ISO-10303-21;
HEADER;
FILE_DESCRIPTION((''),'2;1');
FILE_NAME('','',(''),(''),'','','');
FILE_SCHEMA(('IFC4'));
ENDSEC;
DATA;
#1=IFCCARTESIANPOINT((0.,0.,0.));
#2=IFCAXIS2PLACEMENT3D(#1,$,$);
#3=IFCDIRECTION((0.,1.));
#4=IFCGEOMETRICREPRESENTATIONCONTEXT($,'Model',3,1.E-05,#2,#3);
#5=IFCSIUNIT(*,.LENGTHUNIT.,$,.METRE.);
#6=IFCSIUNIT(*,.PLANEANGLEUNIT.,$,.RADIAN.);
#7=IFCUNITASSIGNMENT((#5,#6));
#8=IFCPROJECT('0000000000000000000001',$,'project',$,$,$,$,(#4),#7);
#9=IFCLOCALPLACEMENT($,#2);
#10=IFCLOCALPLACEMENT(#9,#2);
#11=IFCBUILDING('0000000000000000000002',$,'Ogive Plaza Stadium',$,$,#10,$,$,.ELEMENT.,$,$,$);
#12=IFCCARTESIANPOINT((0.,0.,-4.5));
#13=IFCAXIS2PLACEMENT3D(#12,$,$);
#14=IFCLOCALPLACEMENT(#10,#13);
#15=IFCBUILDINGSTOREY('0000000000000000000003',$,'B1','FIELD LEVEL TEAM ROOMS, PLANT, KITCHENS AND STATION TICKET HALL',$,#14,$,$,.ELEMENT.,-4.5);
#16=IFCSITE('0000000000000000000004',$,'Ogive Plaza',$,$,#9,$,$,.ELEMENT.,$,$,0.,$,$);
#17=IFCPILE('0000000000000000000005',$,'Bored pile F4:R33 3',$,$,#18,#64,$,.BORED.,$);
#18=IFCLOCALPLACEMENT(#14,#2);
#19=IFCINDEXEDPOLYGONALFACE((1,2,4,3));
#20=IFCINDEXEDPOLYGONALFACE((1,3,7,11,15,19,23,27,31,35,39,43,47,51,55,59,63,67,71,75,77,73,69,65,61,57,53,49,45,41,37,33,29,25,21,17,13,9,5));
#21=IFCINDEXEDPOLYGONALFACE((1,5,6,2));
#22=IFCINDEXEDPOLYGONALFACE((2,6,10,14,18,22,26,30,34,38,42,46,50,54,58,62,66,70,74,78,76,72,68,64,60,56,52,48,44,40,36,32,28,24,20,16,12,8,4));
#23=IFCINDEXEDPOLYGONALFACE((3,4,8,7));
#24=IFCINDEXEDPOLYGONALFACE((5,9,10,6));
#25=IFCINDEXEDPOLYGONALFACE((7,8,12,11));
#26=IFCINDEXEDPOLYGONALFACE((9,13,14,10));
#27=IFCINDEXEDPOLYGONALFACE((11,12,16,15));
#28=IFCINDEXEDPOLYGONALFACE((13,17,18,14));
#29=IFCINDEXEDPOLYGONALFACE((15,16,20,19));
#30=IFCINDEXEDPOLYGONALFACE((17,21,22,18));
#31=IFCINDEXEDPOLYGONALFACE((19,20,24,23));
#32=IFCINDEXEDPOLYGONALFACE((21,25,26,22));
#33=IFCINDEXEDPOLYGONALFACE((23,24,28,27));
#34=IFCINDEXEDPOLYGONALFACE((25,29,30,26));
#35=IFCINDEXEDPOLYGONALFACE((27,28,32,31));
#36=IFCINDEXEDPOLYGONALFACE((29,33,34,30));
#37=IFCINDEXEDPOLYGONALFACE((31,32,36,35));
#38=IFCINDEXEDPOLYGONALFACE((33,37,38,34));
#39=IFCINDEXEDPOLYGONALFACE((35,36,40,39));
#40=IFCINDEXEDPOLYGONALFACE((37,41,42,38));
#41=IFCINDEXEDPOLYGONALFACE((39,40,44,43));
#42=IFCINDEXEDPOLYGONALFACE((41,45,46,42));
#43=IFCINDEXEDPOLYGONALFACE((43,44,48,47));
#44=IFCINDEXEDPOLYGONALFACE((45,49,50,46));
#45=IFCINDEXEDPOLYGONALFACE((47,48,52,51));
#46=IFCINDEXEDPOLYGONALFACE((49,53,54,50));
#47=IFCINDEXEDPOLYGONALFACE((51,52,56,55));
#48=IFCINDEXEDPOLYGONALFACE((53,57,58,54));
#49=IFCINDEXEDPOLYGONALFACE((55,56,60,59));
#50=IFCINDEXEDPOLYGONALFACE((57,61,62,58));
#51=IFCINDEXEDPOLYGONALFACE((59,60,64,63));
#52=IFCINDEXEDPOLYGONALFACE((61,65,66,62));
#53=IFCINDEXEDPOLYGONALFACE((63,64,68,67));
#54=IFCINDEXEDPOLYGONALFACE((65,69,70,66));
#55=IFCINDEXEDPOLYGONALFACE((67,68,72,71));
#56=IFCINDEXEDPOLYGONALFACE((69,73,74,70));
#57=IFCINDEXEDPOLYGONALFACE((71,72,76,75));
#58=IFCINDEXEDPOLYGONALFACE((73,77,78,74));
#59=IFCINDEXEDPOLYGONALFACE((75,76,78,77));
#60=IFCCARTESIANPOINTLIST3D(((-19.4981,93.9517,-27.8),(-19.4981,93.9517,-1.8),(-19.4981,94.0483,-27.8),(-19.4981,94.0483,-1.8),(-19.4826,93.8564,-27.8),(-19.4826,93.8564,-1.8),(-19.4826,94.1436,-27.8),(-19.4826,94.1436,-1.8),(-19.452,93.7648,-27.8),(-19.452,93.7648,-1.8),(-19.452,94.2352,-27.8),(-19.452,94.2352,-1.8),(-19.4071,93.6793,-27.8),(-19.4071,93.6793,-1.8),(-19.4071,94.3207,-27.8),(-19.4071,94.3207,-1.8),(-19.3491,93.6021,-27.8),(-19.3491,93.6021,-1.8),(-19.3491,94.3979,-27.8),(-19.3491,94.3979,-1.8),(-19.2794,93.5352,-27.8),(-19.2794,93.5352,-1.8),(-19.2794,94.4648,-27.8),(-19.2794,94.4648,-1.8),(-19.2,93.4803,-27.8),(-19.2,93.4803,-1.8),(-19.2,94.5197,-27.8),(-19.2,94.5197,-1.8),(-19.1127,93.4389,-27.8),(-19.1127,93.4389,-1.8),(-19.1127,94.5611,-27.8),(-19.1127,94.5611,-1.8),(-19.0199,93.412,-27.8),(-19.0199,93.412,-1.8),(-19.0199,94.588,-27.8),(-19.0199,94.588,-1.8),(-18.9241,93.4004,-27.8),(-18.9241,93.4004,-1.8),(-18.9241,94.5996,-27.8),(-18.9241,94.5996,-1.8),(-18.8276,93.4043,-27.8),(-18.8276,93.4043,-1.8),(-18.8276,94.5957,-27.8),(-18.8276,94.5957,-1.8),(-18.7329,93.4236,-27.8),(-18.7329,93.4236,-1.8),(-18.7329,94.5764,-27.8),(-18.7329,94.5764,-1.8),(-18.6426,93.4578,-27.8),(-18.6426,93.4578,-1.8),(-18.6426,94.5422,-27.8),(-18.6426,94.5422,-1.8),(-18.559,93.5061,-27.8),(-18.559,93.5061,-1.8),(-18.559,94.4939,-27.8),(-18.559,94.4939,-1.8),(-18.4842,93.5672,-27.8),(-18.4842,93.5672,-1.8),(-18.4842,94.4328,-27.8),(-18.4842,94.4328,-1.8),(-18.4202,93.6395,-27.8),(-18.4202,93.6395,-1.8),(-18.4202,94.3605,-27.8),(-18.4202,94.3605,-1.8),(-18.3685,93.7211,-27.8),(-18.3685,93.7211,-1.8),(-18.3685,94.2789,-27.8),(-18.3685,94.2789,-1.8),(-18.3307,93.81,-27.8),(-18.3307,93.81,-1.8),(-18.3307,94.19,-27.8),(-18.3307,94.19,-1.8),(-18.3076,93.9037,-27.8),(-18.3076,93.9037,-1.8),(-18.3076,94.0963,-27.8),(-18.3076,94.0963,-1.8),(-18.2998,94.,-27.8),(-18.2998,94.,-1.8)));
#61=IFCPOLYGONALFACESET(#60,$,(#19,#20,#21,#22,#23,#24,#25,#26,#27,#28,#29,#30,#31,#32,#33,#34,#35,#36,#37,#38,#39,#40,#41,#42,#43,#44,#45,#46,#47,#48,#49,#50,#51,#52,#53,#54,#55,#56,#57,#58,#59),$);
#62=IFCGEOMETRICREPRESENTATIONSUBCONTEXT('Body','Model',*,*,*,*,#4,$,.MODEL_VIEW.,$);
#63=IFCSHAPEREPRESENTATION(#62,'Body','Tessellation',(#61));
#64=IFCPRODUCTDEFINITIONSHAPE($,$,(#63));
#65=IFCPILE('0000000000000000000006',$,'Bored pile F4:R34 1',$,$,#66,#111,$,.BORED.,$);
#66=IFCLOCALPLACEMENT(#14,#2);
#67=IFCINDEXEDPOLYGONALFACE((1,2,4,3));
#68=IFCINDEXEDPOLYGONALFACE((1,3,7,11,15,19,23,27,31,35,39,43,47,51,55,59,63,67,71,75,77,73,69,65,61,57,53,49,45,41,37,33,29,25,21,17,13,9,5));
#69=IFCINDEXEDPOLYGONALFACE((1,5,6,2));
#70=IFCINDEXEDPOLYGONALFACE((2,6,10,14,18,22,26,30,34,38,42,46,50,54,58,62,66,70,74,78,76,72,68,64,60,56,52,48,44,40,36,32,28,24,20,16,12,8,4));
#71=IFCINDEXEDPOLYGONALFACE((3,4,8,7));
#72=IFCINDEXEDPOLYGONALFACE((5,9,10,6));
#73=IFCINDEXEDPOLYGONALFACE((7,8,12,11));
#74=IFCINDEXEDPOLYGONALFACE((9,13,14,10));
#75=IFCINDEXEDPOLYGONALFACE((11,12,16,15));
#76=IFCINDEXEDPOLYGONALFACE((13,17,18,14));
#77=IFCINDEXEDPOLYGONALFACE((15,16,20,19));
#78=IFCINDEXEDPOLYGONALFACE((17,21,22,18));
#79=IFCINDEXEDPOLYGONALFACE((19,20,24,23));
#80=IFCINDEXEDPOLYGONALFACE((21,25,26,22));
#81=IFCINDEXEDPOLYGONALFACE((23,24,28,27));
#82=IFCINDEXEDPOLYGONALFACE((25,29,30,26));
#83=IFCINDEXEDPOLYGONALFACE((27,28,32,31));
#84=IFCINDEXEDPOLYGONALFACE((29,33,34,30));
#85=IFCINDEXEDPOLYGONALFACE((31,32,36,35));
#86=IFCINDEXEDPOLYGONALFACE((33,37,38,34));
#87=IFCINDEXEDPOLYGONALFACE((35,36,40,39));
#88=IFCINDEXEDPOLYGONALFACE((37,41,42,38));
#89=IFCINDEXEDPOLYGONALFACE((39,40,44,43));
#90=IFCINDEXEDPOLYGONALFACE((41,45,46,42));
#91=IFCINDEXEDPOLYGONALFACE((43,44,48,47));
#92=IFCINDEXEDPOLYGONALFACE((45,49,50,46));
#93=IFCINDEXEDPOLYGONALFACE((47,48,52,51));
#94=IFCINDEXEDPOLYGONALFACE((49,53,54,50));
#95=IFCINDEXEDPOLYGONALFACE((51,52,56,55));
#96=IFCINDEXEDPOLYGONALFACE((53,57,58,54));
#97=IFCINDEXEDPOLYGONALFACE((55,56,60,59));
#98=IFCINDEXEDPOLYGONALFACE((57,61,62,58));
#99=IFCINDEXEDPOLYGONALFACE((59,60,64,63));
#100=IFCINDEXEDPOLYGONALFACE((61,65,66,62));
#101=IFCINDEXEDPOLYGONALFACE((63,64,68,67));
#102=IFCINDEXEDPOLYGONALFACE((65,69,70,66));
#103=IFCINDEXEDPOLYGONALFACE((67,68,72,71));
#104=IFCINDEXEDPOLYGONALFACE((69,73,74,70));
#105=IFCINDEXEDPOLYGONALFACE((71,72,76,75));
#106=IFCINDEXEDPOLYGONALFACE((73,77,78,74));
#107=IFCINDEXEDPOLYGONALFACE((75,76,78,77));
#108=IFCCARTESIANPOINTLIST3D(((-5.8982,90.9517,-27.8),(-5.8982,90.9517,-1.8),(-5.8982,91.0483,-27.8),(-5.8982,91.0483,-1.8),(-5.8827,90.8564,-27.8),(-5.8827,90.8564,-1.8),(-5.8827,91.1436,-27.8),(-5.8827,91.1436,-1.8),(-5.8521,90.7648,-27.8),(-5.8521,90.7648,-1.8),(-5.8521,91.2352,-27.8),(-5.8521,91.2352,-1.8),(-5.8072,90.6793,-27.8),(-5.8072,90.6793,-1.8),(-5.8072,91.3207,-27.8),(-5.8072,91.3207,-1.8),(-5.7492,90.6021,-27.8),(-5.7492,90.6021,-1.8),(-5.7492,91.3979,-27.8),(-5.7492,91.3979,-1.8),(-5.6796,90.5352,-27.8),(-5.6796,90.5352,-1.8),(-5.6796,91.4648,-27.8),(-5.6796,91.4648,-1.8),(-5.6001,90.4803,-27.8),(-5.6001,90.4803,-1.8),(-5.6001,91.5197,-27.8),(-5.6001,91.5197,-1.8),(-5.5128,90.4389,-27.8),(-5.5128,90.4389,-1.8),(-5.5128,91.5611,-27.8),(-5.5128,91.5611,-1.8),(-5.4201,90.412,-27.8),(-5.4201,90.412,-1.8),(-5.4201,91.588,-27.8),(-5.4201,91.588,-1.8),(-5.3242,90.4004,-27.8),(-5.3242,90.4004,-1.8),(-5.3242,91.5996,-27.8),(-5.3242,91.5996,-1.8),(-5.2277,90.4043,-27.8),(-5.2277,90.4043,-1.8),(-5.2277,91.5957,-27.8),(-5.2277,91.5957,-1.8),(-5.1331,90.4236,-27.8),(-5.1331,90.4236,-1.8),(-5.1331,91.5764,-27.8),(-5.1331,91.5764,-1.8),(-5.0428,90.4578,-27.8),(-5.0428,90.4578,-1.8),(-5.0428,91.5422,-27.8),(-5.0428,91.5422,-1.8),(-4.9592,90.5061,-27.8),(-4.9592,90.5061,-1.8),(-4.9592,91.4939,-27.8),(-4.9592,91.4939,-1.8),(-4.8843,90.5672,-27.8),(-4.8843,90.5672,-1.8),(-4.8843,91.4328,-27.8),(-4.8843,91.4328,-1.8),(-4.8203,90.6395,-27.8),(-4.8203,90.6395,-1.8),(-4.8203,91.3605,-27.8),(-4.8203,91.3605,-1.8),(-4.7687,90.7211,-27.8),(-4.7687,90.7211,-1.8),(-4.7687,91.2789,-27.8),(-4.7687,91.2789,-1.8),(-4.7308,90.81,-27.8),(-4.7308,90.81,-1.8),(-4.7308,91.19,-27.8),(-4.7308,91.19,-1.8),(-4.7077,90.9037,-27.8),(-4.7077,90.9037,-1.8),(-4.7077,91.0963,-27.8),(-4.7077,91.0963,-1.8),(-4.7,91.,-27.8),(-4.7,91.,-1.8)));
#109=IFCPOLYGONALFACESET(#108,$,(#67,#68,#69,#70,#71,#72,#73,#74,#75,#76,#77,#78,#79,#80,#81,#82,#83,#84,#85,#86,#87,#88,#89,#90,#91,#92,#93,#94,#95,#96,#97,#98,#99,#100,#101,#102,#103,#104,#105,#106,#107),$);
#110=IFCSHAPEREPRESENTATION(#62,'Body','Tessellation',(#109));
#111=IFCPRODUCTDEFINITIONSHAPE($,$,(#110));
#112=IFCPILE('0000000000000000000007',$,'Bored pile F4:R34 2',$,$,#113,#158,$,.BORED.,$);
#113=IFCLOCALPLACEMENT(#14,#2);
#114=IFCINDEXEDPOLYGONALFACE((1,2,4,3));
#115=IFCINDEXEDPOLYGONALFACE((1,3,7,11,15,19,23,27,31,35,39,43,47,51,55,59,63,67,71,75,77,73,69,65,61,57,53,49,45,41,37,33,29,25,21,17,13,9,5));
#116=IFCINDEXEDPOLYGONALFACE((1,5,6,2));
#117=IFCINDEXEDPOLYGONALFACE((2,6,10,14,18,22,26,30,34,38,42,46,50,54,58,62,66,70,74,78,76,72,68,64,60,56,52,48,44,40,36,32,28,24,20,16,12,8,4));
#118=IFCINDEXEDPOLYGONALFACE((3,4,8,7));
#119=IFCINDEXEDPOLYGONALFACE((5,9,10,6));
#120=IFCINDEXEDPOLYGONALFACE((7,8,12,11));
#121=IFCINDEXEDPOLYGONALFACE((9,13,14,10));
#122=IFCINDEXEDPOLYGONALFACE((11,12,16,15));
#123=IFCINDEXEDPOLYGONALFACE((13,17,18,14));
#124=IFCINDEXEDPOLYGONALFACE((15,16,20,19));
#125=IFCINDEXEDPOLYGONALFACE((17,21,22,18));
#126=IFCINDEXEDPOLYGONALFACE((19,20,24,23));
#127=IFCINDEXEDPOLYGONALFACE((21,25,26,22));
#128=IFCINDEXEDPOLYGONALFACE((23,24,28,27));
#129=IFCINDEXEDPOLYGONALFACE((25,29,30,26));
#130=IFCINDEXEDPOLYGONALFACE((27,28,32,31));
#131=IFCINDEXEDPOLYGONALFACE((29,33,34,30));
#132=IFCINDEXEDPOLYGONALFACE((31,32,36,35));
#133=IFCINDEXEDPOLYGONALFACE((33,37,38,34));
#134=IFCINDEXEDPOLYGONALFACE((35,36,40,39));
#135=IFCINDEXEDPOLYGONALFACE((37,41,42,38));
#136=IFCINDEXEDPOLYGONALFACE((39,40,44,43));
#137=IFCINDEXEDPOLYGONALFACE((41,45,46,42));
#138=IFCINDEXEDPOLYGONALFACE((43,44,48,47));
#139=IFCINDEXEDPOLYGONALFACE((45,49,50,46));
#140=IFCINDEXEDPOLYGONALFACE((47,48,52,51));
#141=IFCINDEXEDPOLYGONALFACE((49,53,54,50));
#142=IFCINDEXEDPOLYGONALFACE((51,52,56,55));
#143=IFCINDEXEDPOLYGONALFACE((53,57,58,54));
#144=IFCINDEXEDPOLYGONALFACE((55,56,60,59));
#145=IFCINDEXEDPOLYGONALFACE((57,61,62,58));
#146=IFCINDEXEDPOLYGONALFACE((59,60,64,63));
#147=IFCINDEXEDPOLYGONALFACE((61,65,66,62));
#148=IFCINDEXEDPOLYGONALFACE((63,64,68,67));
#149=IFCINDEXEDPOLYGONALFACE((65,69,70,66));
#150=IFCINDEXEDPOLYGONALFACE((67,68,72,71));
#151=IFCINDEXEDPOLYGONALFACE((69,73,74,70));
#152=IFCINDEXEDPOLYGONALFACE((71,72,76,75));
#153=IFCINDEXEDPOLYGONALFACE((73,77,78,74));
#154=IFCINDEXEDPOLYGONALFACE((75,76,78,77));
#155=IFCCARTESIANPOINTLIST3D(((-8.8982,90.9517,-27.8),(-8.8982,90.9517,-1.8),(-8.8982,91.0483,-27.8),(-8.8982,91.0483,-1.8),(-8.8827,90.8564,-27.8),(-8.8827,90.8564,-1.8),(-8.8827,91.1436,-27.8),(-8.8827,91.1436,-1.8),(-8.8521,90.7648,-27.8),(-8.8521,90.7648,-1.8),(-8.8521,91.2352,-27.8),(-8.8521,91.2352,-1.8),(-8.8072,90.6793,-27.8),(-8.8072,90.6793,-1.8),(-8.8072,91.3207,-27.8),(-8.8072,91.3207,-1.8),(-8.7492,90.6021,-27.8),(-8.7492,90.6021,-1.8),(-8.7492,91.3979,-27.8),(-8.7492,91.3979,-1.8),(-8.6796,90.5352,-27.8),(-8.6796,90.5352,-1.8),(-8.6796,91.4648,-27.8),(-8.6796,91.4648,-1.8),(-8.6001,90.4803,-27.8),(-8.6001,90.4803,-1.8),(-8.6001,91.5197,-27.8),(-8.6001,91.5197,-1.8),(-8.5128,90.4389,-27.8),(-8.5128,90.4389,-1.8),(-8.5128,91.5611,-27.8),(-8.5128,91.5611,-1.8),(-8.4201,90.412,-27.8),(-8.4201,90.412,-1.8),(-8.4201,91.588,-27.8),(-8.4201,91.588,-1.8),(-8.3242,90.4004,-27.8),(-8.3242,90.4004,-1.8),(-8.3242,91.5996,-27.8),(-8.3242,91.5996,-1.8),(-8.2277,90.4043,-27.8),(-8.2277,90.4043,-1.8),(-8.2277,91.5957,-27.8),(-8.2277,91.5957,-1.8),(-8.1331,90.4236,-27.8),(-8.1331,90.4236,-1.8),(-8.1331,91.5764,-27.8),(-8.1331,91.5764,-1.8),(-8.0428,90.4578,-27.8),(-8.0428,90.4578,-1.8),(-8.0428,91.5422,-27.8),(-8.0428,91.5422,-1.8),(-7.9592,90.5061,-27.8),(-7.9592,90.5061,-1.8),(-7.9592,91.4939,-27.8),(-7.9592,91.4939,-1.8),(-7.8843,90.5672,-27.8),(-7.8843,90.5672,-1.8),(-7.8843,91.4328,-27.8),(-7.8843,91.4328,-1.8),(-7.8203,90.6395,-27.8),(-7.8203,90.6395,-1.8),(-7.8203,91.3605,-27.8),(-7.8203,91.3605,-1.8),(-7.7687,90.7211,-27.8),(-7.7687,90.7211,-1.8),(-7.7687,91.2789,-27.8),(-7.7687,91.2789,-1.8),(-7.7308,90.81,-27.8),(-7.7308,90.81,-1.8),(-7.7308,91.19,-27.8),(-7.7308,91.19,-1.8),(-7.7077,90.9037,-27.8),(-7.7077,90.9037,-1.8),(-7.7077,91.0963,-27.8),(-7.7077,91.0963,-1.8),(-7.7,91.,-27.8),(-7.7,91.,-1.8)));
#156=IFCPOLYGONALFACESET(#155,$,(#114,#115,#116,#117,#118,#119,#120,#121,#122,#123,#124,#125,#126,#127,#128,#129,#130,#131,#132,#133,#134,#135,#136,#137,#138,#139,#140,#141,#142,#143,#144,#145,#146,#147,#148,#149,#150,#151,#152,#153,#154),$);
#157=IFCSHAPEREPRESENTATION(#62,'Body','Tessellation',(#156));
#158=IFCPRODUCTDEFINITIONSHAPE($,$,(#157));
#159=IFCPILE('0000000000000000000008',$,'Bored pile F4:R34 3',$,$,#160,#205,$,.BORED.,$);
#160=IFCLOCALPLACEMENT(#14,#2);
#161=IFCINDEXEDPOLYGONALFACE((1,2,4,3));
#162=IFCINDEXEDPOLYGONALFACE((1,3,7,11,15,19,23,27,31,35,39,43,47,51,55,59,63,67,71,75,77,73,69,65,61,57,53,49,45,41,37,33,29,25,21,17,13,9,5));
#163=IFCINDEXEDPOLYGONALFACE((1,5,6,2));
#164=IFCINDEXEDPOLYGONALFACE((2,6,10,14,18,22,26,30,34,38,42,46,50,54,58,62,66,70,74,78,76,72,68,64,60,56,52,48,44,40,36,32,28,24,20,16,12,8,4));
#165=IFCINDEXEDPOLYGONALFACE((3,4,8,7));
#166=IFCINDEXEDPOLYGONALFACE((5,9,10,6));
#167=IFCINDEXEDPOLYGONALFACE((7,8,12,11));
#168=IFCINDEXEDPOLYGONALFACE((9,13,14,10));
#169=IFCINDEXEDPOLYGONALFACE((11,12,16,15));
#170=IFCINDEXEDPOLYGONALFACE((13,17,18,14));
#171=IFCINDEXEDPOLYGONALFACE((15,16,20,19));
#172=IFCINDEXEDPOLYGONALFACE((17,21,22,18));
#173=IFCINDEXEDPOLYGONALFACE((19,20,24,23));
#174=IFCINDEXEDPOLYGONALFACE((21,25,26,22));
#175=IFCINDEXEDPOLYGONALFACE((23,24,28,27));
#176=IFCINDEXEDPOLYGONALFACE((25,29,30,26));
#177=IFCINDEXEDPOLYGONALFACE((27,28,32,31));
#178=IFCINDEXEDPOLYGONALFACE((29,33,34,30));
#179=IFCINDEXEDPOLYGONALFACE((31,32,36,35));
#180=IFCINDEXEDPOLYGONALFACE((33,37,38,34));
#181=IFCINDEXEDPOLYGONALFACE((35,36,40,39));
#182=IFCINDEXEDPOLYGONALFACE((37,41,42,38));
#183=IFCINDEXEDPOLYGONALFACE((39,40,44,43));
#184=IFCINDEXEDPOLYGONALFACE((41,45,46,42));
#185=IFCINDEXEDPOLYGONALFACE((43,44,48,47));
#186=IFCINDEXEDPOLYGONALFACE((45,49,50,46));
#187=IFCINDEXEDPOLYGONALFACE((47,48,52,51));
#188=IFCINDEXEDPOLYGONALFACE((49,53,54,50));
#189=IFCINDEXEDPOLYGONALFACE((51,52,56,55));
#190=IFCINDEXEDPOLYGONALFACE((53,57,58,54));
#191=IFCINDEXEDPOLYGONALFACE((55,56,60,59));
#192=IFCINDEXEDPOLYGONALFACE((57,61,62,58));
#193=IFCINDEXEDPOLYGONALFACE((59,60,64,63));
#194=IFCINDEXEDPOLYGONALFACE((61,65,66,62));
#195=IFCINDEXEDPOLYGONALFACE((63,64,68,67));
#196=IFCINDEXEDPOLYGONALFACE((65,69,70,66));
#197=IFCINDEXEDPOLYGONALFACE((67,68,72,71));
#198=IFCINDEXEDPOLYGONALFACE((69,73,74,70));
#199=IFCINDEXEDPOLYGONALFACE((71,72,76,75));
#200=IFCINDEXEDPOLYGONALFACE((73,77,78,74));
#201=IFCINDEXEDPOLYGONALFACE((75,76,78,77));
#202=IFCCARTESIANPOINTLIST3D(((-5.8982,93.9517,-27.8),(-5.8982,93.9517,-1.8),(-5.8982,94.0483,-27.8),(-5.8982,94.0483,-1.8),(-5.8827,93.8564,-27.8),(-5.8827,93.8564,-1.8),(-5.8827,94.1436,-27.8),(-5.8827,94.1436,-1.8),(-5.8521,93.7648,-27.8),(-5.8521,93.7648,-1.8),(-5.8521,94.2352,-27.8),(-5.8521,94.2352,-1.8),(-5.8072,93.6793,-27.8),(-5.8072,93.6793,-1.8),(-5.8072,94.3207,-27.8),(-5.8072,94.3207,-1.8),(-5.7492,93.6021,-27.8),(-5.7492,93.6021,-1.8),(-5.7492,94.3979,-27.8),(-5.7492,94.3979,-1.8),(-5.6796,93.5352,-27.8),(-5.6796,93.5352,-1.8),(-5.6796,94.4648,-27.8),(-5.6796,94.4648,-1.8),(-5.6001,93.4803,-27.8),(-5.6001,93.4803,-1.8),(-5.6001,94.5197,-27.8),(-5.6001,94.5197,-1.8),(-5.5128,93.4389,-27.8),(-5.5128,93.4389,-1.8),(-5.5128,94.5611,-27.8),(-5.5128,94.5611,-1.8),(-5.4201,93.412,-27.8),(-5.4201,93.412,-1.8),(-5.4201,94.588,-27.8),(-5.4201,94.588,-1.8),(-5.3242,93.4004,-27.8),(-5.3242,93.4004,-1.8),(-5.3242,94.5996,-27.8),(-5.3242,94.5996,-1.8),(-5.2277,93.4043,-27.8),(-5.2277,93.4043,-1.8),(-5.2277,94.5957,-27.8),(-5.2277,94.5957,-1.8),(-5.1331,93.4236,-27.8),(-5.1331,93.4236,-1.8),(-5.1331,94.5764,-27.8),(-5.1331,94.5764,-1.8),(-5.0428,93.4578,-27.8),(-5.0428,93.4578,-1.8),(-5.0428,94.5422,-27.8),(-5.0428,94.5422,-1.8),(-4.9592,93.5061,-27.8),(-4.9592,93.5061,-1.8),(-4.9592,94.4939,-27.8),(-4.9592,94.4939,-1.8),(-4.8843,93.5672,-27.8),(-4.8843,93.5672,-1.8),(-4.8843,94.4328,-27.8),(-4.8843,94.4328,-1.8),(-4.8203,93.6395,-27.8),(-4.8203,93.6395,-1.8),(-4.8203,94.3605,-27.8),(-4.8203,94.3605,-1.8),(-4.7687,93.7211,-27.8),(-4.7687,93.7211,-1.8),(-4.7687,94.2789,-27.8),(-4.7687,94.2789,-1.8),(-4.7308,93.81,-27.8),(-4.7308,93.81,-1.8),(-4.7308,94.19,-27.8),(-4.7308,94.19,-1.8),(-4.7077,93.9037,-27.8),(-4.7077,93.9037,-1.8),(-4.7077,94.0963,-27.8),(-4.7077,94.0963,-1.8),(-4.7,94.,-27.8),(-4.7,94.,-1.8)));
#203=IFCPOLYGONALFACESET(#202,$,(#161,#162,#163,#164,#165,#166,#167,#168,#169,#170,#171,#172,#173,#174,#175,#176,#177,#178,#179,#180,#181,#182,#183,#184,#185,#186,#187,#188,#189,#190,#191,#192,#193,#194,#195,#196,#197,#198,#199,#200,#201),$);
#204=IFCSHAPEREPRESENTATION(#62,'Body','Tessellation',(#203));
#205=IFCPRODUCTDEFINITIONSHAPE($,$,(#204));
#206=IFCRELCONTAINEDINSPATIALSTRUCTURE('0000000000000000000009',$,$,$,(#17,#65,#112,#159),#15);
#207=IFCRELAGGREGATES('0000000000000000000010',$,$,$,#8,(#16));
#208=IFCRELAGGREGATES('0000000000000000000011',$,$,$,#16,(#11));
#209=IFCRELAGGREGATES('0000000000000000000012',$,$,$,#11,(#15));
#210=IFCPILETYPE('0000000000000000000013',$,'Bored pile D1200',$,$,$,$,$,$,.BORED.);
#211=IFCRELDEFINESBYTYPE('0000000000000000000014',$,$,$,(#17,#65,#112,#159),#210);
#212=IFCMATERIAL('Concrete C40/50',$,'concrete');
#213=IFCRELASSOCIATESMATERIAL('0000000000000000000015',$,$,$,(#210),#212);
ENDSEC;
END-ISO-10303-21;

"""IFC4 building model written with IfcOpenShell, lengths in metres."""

from ifc_helpers import new_model, si_unit, direction, frame, origin, origin_2d, place, context, subcontext, project, spatial, circle, extrude, material, material_profile, profile_set, type_object, element, save


model = new_model("IFC4")

# Units and contexts
model_context = context("Model", 3, precision=1e-05, world=origin(), true_north=direction((0.0, 1.0)))
body_context = subcontext(model_context, "Body", "Model", "MODEL_VIEW")
ifc_project = project(units=[si_unit("LENGTHUNIT", "METRE"), si_unit("PLANEANGLEUNIT", "RADIAN")], contexts=[model_context])

# Site, building, storey
site_placement = place(None, origin())
site = spatial("IfcSite", under=ifc_project, at=site_placement, Name="Ogive Plaza", CompositionType="ELEMENT", RefElevation=0.0)
building_placement = place(site_placement, origin())
building = spatial("IfcBuilding", under=site, at=building_placement, Name="Ogive Plaza Stadium", CompositionType="ELEMENT")
storey_placement = place(building_placement, frame((0.0, 0.0, -4.5)))
storey = spatial("IfcBuildingStorey", under=building, at=storey_placement, Name="B1", Description="FIELD LEVEL TEAM ROOMS, PLANT, KITCHENS AND STATION TICKET HALL", CompositionType="ELEMENT", Elevation=-4.5)

# Piles
ifc_material_1 = material(Name="Concrete C40/50", Category="concrete")
ifc_material_profile_1 = material_profile(ifc_material_1, circle(Radius=0.6001, at=origin_2d()), Name="RC D1200")
ifc_profile_set_1 = profile_set([ifc_material_profile_1], Name="Concrete C40/50")
pile_type_1 = type_object("IfcPileType", Name="Bored pile D1200", PredefinedType="BORED", material=ifc_profile_set_1)
for number, where, z_axis, x_axis, name in (
    (1, (-18.8999, 94.0, -1.8), (0.0, 0.0, -1.0), (1.0, 0.0, 0.0), "Bored pile F4:R33 3"),
    (2, (-5.3, 91.0, -1.8), (0.0, 0.0, -1.0), (1.0, 0.0, 0.0), "Bored pile F4:R34 1"),
    (3, (-8.3, 91.0, -1.8), (0.0, 0.0, -1.0), (1.0, 0.0, 0.0), "Bored pile F4:R34 2"),
    (4, (-5.3, 94.0, -1.8), (0.0, 0.0, -1.0), (1.0, 0.0, 0.0), "Bored pile F4:R34 3"),
):
    element("IfcPile", number, at=place(storey_placement, frame(where, z_axis=z_axis, x_axis=x_axis)), inside=storey, type_object=pile_type_1, Name=name, PredefinedType="BORED", context=body_context, shape_type="SweptSolid", body=[
        extrude(circle(Radius=0.6001, at=origin_2d()), origin(), (0.0, 0.0, 1.0), 26.0),
    ])

save(model, "model.ifc")
